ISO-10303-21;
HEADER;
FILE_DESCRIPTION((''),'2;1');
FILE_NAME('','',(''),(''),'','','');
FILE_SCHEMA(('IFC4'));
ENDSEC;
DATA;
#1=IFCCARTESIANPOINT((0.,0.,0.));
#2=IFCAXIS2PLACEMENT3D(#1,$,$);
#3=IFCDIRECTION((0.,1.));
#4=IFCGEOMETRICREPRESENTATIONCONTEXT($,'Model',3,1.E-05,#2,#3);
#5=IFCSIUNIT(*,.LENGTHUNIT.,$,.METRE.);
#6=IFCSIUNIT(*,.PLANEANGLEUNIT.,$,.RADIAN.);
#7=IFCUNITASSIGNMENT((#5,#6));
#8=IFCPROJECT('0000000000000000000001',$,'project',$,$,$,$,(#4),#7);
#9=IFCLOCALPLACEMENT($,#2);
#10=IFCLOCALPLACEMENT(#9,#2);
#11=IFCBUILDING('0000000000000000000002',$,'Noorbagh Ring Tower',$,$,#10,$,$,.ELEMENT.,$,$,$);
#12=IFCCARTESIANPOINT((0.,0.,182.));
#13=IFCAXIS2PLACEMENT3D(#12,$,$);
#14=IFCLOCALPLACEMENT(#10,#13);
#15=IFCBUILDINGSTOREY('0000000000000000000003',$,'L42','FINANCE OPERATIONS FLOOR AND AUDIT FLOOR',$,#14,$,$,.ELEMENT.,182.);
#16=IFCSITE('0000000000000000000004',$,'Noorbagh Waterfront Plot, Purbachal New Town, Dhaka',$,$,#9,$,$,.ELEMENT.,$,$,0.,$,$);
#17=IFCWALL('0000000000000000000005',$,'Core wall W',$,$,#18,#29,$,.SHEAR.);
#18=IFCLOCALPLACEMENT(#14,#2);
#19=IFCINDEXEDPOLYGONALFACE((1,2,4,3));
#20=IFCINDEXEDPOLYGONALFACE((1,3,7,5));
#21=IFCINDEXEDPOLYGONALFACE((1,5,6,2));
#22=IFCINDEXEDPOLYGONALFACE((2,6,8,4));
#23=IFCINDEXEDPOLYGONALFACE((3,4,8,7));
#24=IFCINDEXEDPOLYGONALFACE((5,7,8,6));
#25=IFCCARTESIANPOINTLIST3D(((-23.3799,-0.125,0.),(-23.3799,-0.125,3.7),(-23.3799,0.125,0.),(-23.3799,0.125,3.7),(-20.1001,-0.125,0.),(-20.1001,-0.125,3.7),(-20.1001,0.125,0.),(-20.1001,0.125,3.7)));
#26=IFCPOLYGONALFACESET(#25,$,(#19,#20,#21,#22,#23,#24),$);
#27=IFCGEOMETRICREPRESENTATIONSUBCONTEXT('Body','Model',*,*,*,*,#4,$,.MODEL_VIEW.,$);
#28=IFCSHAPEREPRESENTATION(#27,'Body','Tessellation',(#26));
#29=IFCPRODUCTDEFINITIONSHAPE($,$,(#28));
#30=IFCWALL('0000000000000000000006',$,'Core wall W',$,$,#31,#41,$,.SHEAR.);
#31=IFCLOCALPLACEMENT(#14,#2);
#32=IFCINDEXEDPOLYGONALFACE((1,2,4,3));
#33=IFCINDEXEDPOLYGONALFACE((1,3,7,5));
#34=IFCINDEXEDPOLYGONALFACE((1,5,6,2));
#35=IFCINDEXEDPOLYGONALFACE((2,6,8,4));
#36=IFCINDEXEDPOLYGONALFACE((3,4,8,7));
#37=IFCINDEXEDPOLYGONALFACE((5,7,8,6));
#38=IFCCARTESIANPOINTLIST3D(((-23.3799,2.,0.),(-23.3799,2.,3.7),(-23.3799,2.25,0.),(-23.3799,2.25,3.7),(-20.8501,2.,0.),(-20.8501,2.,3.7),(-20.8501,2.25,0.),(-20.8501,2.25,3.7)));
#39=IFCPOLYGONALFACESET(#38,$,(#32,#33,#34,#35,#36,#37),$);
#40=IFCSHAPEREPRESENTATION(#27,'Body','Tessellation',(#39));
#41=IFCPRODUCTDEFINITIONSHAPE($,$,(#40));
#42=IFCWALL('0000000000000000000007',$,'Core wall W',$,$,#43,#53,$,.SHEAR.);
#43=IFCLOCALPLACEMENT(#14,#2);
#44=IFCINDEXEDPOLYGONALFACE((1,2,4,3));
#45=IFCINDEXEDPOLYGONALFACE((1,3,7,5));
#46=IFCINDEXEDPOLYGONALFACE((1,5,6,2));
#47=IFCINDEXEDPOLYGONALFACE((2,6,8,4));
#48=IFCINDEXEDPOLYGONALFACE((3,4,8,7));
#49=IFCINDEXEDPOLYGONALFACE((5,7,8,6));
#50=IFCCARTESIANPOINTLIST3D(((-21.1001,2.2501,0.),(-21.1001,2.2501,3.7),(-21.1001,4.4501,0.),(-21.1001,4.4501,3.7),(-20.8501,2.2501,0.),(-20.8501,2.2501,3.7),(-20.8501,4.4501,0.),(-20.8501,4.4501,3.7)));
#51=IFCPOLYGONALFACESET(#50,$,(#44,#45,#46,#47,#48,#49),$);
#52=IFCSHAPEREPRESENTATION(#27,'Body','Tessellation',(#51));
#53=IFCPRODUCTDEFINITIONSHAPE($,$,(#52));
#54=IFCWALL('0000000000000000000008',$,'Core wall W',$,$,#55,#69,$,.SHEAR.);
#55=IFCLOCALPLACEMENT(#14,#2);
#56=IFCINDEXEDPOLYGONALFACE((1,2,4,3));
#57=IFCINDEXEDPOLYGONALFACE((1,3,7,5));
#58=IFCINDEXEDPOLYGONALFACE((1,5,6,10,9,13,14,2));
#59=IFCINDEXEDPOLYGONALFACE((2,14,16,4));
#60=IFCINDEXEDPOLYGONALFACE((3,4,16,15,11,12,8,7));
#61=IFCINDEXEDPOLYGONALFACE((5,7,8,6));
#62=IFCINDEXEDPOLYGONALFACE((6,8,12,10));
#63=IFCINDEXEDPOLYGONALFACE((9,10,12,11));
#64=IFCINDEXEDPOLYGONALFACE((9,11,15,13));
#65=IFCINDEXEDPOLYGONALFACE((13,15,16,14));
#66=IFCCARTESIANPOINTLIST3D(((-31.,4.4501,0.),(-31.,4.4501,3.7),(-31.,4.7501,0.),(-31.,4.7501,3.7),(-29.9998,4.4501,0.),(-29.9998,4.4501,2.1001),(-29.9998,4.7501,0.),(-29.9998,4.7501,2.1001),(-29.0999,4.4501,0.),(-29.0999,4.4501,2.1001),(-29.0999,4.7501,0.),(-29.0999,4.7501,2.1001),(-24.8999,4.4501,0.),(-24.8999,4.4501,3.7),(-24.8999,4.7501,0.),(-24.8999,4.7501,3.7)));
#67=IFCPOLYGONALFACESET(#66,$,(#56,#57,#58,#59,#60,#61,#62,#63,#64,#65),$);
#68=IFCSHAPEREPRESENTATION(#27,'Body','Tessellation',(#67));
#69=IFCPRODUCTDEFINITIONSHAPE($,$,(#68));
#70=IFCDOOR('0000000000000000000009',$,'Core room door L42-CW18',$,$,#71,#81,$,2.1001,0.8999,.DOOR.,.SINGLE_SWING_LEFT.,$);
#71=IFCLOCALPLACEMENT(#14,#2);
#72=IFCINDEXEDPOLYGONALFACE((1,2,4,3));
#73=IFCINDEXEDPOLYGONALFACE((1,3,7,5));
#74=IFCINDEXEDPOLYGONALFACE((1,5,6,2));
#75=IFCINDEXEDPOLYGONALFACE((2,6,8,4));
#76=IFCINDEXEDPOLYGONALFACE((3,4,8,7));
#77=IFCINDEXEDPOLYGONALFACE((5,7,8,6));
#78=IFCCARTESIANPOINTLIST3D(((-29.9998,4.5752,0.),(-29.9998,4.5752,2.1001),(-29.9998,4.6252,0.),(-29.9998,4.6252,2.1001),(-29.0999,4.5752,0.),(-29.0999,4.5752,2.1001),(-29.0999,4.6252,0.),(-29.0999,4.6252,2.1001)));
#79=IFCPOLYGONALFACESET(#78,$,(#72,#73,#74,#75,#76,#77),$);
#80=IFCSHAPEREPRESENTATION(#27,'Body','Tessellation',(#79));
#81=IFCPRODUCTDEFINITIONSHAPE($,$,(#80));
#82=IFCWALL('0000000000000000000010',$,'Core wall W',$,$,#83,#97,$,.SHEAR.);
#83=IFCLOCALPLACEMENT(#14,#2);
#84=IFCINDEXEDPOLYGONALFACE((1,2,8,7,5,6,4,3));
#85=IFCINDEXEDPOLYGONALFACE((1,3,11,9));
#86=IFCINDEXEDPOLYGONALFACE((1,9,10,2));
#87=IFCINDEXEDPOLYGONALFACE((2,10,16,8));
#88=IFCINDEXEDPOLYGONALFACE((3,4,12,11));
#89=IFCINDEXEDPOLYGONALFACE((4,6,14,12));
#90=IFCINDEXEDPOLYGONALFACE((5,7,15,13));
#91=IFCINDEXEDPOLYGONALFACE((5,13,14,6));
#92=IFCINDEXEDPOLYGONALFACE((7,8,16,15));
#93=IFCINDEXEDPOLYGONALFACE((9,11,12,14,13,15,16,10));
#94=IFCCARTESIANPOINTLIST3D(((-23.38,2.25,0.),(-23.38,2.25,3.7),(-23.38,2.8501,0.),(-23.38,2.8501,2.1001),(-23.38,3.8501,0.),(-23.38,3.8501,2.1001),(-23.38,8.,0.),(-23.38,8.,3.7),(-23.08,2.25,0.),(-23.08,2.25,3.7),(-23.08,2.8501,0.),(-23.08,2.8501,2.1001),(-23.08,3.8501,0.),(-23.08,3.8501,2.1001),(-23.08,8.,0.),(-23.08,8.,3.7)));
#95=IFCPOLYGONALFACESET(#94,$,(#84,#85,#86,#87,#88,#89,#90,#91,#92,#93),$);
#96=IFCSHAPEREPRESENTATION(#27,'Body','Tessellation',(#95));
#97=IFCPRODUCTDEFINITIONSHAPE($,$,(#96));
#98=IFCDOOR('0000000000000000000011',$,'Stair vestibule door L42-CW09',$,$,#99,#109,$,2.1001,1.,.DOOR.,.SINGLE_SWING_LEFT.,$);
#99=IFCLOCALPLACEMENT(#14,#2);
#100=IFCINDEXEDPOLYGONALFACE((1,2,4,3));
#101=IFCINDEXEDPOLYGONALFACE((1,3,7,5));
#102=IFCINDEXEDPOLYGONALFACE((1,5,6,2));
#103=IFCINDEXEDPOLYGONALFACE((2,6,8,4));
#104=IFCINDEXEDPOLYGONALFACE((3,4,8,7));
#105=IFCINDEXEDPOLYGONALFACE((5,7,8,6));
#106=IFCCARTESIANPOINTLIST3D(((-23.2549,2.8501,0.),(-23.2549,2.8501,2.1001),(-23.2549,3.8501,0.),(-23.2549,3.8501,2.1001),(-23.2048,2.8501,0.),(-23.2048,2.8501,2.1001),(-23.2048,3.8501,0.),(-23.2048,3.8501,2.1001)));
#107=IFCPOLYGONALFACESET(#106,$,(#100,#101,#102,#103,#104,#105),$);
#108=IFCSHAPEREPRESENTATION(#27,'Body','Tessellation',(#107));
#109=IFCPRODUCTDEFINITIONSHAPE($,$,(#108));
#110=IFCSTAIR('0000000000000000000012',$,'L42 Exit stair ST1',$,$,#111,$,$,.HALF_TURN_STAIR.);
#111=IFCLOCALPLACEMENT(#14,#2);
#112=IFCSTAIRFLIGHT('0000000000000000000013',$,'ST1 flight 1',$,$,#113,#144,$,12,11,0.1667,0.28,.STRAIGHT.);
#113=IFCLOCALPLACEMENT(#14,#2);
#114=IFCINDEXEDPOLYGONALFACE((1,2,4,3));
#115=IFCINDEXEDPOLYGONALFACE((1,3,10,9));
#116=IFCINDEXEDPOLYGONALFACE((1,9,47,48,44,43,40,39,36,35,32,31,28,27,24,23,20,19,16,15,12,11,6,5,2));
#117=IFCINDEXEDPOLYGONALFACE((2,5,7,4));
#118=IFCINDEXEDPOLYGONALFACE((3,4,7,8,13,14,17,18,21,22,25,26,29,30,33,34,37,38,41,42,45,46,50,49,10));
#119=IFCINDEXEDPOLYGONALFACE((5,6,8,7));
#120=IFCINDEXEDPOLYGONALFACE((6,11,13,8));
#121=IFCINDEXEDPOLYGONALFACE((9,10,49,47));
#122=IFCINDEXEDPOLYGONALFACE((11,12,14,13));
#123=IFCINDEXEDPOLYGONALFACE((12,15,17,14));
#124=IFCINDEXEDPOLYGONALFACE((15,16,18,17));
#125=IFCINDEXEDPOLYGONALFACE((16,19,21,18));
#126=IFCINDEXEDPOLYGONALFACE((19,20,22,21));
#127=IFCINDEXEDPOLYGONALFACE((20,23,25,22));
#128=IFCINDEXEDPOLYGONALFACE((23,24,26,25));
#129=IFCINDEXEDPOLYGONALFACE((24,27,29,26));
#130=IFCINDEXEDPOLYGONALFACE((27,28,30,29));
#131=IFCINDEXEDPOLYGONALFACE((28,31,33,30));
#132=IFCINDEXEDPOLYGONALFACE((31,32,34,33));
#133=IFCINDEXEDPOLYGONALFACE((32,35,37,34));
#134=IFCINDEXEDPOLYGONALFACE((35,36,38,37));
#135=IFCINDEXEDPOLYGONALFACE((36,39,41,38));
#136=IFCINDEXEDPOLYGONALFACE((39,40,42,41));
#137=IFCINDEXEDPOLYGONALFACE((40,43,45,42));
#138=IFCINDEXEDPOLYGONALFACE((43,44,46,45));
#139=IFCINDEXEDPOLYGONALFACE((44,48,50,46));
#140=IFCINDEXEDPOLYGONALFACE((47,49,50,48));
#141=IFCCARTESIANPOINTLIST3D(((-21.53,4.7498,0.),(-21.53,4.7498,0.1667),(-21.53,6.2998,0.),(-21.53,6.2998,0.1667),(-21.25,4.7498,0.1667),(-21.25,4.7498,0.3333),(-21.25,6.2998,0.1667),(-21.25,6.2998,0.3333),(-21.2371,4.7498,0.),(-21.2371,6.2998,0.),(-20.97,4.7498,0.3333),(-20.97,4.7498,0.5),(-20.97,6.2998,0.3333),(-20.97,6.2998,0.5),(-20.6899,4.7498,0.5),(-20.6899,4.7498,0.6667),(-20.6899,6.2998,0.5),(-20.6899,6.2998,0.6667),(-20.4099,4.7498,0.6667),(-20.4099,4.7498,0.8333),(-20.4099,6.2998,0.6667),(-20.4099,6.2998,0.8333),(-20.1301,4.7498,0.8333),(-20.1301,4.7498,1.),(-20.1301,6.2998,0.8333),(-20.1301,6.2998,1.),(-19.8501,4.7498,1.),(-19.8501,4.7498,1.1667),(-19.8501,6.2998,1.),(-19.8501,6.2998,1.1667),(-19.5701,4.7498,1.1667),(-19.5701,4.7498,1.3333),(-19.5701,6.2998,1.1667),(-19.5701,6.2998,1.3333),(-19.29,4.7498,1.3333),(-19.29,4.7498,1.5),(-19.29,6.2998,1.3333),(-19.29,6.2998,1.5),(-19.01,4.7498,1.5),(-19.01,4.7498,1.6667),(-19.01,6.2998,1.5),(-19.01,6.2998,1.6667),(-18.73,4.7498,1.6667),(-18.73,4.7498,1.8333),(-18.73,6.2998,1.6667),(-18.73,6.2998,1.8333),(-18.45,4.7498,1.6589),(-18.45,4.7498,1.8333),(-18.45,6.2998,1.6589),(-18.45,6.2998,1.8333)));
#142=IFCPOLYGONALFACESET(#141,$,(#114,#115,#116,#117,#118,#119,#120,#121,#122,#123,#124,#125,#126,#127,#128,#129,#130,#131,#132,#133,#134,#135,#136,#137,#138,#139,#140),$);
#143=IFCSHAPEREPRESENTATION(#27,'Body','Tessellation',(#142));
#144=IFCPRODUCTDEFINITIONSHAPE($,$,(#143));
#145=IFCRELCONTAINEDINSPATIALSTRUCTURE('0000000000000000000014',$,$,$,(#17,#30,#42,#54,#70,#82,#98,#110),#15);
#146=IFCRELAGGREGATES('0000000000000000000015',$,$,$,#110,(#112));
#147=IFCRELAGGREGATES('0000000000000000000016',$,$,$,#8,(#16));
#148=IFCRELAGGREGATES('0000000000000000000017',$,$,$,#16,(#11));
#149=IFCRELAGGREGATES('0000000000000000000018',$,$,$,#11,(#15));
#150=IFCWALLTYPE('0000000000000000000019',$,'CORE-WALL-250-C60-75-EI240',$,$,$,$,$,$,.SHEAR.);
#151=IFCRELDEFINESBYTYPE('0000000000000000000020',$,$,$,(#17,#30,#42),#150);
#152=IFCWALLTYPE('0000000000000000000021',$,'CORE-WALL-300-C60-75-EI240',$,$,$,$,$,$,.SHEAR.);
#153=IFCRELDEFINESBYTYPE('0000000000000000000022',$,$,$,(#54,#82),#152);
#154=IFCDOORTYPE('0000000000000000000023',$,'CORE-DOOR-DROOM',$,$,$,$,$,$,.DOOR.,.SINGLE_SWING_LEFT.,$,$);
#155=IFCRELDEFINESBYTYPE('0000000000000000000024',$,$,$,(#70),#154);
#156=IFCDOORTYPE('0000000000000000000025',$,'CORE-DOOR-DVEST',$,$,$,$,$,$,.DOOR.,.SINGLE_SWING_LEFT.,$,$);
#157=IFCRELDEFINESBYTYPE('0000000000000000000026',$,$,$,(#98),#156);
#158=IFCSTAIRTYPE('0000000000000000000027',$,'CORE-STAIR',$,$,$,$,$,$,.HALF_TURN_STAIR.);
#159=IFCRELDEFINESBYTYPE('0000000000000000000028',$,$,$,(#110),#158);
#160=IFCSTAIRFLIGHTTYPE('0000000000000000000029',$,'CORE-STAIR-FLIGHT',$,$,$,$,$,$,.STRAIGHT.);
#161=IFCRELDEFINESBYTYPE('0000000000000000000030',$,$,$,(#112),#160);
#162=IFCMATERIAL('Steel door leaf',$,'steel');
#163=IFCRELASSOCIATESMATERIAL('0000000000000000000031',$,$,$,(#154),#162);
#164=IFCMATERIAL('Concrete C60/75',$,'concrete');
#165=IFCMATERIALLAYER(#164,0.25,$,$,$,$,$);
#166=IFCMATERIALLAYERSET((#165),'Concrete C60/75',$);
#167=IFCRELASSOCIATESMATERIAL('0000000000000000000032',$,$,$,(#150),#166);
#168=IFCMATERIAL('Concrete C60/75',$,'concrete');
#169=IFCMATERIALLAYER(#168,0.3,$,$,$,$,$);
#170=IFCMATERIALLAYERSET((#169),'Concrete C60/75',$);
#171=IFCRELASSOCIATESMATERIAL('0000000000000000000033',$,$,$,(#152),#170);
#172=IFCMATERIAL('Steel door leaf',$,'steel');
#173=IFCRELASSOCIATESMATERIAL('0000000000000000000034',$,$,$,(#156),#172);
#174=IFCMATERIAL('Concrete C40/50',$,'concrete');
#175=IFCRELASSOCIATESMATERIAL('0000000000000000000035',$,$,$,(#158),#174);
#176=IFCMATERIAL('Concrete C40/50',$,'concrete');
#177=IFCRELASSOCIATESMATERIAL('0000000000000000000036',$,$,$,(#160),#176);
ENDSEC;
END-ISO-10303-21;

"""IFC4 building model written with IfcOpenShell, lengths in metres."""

from ifc_helpers import new_model, si_unit, direction, frame, frame_2d, origin, place, context, subcontext, project, spatial, polyline, rectangle, outline, extrude, material, layer, layer_set, type_object, element, fill, aggregate, save


model = new_model("IFC4")

# Units and contexts
model_context = context("Model", 3, precision=1e-05, world=origin(), true_north=direction((0.0, 1.0)))
body_context = subcontext(model_context, "Body", "Model", "MODEL_VIEW")
ifc_project = project(units=[si_unit("LENGTHUNIT", "METRE"), si_unit("PLANEANGLEUNIT", "RADIAN")], contexts=[model_context])

# Site, building, storey
site_placement = place(None, origin())
site = spatial("IfcSite", under=ifc_project, at=site_placement, Name="Noorbagh Waterfront Plot, Purbachal New Town, Dhaka", CompositionType="ELEMENT", RefElevation=0.0)
building_placement = place(site_placement, origin())
building = spatial("IfcBuilding", under=site, at=building_placement, Name="Noorbagh Ring Tower", CompositionType="ELEMENT")
storey_placement = place(building_placement, frame((0.0, 0.0, 182.0)))
storey = spatial("IfcBuildingStorey", under=building, at=storey_placement, Name="L42", Description="FINANCE OPERATIONS FLOOR AND AUDIT FLOOR", CompositionType="ELEMENT", Elevation=182.0)

# Shared definitions
ifc_material_1 = material(Name="Steel door leaf", Category="steel")
door_type_1 = type_object("IfcDoorType", Name="CORE-DOOR-DROOM", OperationType="SINGLE_SWING_LEFT", PredefinedType="DOOR", material=ifc_material_1)

# Walls
ifc_material_2 = material(Name="Concrete C60/75", Category="concrete")
ifc_layer_1 = layer(ifc_material_2, 0.25)
ifc_layer_set_1 = layer_set([ifc_layer_1], Name="Concrete C60/75")
wall_type_1 = type_object("IfcWallType", Name="CORE-WALL-250-C60-75-EI240", PredefinedType="SHEAR", material=ifc_layer_set_1)
wall_1_placement = place(storey_placement, frame((-20.1001, 0.0, 0.0), z_axis=(0.0, 0.0, 1.0), x_axis=(-1.0, 0.0, 0.0)))
element("IfcWall", 1, at=wall_1_placement, inside=storey, type_object=wall_type_1, Name="Core wall W", PredefinedType="SHEAR", context=body_context, shape_type="SweptSolid", body=[
    extrude(rectangle(XDim=3.2798, YDim=0.25, at=frame_2d((1.6399, 0.0))), origin(), (0.0, 0.0, 1.0), 3.7),
])
wall_2_placement = place(storey_placement, frame((-20.8501, 2.125, 0.0), z_axis=(0.0, 0.0, 1.0), x_axis=(-1.0, 0.0, 0.0)))
element("IfcWall", 2, at=wall_2_placement, inside=storey, type_object=wall_type_1, Name="Core wall W", PredefinedType="SHEAR", context=body_context, shape_type="SweptSolid", body=[
    extrude(rectangle(XDim=2.5298, YDim=0.25, at=frame_2d((1.2649, 0.0))), origin(), (0.0, 0.0, 1.0), 3.7),
])
wall_3_placement = place(storey_placement, frame((-20.9751, 2.25, 0.0), z_axis=(0.0, 0.0, 1.0), x_axis=(0.0, 1.0, 0.0)))
element("IfcWall", 3, at=wall_3_placement, inside=storey, type_object=wall_type_1, Name="Core wall W", PredefinedType="SHEAR", context=body_context, shape_type="SweptSolid", body=[
    extrude(rectangle(XDim=2.2, YDim=0.25, at=frame_2d((1.1001, 0.0))), origin(), (0.0, 0.0, 1.0), 3.7),
])

# Walls, openings, doors
ifc_material_3 = material(Name="Concrete C60/75", Category="concrete")
ifc_layer_2 = layer(ifc_material_3, 0.3)
ifc_layer_set_2 = layer_set([ifc_layer_2], Name="Concrete C60/75")
wall_type_2 = type_object("IfcWallType", Name="CORE-WALL-300-C60-75-EI240", PredefinedType="SHEAR", material=ifc_layer_set_2)
wall_4_placement = place(storey_placement, frame((-24.8999, 4.6001, 0.0), z_axis=(0.0, 0.0, 1.0), x_axis=(-1.0, 0.0, 0.0)))
wall_4 = element("IfcWall", 4, at=wall_4_placement, inside=storey, type_object=wall_type_2, Name="Core wall W", PredefinedType="SHEAR", context=body_context, shape_type="SweptSolid", body=[
    extrude(rectangle(XDim=6.1001, YDim=0.3, at=frame_2d((3.05, 0.0))), origin(), (0.0, 0.0, 1.0), 3.7),
])
opening_1_placement = place(wall_4_placement, frame((4.2, 0.0, 0.0)))
opening_1 = element("IfcOpeningElement", 5, at=opening_1_placement, cuts=wall_4, PredefinedType="OPENING", context=body_context, shape_type="SweptSolid", body=[
    extrude(rectangle(XDim=0.8999, YDim=2.1001, at=frame_2d((0.45, 1.05))), frame((0.0, 0.1602, 0.0), z_axis=(0.0, -1.0, 0.0), x_axis=(1.0, 0.0, 0.0)), (0.0, 0.0, 1.0), 0.3201),
])
door_1_placement = place(opening_1_placement, origin())
door_1 = element("IfcDoor", 6, at=door_1_placement, inside=storey, type_object=door_type_1, Name="Core room door L42-CW18", OperationType="SINGLE_SWING_LEFT", OverallHeight=2.1001, OverallWidth=0.8999, PredefinedType="DOOR", context=body_context, shape_type="SweptSolid", body=[
    extrude(rectangle(XDim=0.8999, YDim=2.1001, at=frame_2d((0.45, 1.05))), frame((0.0, 0.0249, 0.0), z_axis=(0.0, -1.0, 0.0), x_axis=(1.0, 0.0, 0.0)), (0.0, 0.0, 1.0), 0.05),
])
fill(opening_1, door_1)
wall_5_placement = place(storey_placement, frame((-23.23, 2.25, 0.0), z_axis=(0.0, 0.0, 1.0), x_axis=(0.0, 1.0, 0.0)))
wall_5 = element("IfcWall", 7, at=wall_5_placement, inside=storey, type_object=wall_type_2, Name="Core wall W", PredefinedType="SHEAR", context=body_context, shape_type="SweptSolid", body=[
    extrude(rectangle(XDim=5.75, YDim=0.3, at=frame_2d((2.875, 0.0))), origin(), (0.0, 0.0, 1.0), 3.7),
])
opening_2_placement = place(wall_5_placement, frame((0.6001, 0.0, 0.0)))
opening_2 = element("IfcOpeningElement", 8, at=opening_2_placement, cuts=wall_5, PredefinedType="OPENING", context=body_context, shape_type="SweptSolid", body=[
    extrude(rectangle(XDim=1.0, YDim=2.1001, at=frame_2d((0.5, 1.05))), frame((0.0, 0.1602, 0.0), z_axis=(0.0, -1.0, 0.0), x_axis=(1.0, 0.0, 0.0)), (0.0, 0.0, 1.0), 0.3201),
])
ifc_material_4 = material(Name="Steel door leaf", Category="steel")
door_type_2 = type_object("IfcDoorType", Name="CORE-DOOR-DVEST", OperationType="SINGLE_SWING_LEFT", PredefinedType="DOOR", material=ifc_material_4)
door_2_placement = place(opening_2_placement, origin())
door_2 = element("IfcDoor", 9, at=door_2_placement, inside=storey, type_object=door_type_2, Name="Stair vestibule door L42-CW09", OperationType="SINGLE_SWING_LEFT", OverallHeight=2.1001, OverallWidth=1.0, PredefinedType="DOOR", context=body_context, shape_type="SweptSolid", body=[
    extrude(rectangle(XDim=1.0, YDim=2.1001, at=frame_2d((0.5, 1.05))), frame((0.0, 0.0249, 0.0), z_axis=(0.0, -1.0, 0.0), x_axis=(1.0, 0.0, 0.0)), (0.0, 0.0, 1.0), 0.05),
])
fill(opening_2, door_2)

# Stair, stair flight
ifc_material_5 = material(Name="Concrete C40/50", Category="concrete")
stair_type = type_object("IfcStairType", Name="CORE-STAIR", PredefinedType="HALF_TURN_STAIR", material=ifc_material_5)
stair_placement = place(storey_placement, origin())
stair = element("IfcStair", 10, at=stair_placement, inside=storey, type_object=stair_type, Name="L42 Exit stair ST1", PredefinedType="HALF_TURN_STAIR")
ifc_material_6 = material(Name="Concrete C40/50", Category="concrete")
stair_flight_type = type_object("IfcStairFlightType", Name="CORE-STAIR-FLIGHT", PredefinedType="STRAIGHT", material=ifc_material_6)
stair_flight_placement = place(storey_placement, frame((-21.53, 5.5249, 0.0), z_axis=(0.0, 0.0, 1.0), x_axis=(1.0, 0.0, 0.0)))
stair_flight = element("IfcStairFlight", 11, at=stair_flight_placement, type_object=stair_flight_type, Name="ST1 flight 1", NumberOfRisers=12, NumberOfTreads=11, PredefinedType="STRAIGHT", RiserHeight=0.1667, TreadLength=0.28, context=body_context, shape_type="SweptSolid", body=[
    extrude(outline(polyline([(0.0, 0.0), (0.0, 0.1667), (0.28, 0.1667), (0.28, 0.3333), (0.5601, 0.3333), (0.5601, 0.5), (0.8401, 0.5), (0.8401, 0.6667), (1.1201, 0.6667), (1.1201, 0.8333), (1.3999, 0.8333), (1.3999, 1.0), (1.6799, 1.0), (1.6799, 1.1667), (1.96, 1.1667), (1.96, 1.3333), (2.24, 1.3333), (2.24, 1.5), (2.52, 1.5), (2.52, 1.6667), (2.8, 1.6667), (2.8, 1.8333), (3.0801, 1.8333), (3.0801, 2.0), (3.0801, 1.6589), (0.293, 0.0), (0.0, 0.0)])), frame((0.0, 0.7749, 0.0), z_axis=(0.0, -1.0, 0.0), x_axis=(1.0, 0.0, 0.0)), (0.0, 0.0, 1.0), 1.55),
])
aggregate(stair, [stair_flight])

save(model, "model.ifc")
